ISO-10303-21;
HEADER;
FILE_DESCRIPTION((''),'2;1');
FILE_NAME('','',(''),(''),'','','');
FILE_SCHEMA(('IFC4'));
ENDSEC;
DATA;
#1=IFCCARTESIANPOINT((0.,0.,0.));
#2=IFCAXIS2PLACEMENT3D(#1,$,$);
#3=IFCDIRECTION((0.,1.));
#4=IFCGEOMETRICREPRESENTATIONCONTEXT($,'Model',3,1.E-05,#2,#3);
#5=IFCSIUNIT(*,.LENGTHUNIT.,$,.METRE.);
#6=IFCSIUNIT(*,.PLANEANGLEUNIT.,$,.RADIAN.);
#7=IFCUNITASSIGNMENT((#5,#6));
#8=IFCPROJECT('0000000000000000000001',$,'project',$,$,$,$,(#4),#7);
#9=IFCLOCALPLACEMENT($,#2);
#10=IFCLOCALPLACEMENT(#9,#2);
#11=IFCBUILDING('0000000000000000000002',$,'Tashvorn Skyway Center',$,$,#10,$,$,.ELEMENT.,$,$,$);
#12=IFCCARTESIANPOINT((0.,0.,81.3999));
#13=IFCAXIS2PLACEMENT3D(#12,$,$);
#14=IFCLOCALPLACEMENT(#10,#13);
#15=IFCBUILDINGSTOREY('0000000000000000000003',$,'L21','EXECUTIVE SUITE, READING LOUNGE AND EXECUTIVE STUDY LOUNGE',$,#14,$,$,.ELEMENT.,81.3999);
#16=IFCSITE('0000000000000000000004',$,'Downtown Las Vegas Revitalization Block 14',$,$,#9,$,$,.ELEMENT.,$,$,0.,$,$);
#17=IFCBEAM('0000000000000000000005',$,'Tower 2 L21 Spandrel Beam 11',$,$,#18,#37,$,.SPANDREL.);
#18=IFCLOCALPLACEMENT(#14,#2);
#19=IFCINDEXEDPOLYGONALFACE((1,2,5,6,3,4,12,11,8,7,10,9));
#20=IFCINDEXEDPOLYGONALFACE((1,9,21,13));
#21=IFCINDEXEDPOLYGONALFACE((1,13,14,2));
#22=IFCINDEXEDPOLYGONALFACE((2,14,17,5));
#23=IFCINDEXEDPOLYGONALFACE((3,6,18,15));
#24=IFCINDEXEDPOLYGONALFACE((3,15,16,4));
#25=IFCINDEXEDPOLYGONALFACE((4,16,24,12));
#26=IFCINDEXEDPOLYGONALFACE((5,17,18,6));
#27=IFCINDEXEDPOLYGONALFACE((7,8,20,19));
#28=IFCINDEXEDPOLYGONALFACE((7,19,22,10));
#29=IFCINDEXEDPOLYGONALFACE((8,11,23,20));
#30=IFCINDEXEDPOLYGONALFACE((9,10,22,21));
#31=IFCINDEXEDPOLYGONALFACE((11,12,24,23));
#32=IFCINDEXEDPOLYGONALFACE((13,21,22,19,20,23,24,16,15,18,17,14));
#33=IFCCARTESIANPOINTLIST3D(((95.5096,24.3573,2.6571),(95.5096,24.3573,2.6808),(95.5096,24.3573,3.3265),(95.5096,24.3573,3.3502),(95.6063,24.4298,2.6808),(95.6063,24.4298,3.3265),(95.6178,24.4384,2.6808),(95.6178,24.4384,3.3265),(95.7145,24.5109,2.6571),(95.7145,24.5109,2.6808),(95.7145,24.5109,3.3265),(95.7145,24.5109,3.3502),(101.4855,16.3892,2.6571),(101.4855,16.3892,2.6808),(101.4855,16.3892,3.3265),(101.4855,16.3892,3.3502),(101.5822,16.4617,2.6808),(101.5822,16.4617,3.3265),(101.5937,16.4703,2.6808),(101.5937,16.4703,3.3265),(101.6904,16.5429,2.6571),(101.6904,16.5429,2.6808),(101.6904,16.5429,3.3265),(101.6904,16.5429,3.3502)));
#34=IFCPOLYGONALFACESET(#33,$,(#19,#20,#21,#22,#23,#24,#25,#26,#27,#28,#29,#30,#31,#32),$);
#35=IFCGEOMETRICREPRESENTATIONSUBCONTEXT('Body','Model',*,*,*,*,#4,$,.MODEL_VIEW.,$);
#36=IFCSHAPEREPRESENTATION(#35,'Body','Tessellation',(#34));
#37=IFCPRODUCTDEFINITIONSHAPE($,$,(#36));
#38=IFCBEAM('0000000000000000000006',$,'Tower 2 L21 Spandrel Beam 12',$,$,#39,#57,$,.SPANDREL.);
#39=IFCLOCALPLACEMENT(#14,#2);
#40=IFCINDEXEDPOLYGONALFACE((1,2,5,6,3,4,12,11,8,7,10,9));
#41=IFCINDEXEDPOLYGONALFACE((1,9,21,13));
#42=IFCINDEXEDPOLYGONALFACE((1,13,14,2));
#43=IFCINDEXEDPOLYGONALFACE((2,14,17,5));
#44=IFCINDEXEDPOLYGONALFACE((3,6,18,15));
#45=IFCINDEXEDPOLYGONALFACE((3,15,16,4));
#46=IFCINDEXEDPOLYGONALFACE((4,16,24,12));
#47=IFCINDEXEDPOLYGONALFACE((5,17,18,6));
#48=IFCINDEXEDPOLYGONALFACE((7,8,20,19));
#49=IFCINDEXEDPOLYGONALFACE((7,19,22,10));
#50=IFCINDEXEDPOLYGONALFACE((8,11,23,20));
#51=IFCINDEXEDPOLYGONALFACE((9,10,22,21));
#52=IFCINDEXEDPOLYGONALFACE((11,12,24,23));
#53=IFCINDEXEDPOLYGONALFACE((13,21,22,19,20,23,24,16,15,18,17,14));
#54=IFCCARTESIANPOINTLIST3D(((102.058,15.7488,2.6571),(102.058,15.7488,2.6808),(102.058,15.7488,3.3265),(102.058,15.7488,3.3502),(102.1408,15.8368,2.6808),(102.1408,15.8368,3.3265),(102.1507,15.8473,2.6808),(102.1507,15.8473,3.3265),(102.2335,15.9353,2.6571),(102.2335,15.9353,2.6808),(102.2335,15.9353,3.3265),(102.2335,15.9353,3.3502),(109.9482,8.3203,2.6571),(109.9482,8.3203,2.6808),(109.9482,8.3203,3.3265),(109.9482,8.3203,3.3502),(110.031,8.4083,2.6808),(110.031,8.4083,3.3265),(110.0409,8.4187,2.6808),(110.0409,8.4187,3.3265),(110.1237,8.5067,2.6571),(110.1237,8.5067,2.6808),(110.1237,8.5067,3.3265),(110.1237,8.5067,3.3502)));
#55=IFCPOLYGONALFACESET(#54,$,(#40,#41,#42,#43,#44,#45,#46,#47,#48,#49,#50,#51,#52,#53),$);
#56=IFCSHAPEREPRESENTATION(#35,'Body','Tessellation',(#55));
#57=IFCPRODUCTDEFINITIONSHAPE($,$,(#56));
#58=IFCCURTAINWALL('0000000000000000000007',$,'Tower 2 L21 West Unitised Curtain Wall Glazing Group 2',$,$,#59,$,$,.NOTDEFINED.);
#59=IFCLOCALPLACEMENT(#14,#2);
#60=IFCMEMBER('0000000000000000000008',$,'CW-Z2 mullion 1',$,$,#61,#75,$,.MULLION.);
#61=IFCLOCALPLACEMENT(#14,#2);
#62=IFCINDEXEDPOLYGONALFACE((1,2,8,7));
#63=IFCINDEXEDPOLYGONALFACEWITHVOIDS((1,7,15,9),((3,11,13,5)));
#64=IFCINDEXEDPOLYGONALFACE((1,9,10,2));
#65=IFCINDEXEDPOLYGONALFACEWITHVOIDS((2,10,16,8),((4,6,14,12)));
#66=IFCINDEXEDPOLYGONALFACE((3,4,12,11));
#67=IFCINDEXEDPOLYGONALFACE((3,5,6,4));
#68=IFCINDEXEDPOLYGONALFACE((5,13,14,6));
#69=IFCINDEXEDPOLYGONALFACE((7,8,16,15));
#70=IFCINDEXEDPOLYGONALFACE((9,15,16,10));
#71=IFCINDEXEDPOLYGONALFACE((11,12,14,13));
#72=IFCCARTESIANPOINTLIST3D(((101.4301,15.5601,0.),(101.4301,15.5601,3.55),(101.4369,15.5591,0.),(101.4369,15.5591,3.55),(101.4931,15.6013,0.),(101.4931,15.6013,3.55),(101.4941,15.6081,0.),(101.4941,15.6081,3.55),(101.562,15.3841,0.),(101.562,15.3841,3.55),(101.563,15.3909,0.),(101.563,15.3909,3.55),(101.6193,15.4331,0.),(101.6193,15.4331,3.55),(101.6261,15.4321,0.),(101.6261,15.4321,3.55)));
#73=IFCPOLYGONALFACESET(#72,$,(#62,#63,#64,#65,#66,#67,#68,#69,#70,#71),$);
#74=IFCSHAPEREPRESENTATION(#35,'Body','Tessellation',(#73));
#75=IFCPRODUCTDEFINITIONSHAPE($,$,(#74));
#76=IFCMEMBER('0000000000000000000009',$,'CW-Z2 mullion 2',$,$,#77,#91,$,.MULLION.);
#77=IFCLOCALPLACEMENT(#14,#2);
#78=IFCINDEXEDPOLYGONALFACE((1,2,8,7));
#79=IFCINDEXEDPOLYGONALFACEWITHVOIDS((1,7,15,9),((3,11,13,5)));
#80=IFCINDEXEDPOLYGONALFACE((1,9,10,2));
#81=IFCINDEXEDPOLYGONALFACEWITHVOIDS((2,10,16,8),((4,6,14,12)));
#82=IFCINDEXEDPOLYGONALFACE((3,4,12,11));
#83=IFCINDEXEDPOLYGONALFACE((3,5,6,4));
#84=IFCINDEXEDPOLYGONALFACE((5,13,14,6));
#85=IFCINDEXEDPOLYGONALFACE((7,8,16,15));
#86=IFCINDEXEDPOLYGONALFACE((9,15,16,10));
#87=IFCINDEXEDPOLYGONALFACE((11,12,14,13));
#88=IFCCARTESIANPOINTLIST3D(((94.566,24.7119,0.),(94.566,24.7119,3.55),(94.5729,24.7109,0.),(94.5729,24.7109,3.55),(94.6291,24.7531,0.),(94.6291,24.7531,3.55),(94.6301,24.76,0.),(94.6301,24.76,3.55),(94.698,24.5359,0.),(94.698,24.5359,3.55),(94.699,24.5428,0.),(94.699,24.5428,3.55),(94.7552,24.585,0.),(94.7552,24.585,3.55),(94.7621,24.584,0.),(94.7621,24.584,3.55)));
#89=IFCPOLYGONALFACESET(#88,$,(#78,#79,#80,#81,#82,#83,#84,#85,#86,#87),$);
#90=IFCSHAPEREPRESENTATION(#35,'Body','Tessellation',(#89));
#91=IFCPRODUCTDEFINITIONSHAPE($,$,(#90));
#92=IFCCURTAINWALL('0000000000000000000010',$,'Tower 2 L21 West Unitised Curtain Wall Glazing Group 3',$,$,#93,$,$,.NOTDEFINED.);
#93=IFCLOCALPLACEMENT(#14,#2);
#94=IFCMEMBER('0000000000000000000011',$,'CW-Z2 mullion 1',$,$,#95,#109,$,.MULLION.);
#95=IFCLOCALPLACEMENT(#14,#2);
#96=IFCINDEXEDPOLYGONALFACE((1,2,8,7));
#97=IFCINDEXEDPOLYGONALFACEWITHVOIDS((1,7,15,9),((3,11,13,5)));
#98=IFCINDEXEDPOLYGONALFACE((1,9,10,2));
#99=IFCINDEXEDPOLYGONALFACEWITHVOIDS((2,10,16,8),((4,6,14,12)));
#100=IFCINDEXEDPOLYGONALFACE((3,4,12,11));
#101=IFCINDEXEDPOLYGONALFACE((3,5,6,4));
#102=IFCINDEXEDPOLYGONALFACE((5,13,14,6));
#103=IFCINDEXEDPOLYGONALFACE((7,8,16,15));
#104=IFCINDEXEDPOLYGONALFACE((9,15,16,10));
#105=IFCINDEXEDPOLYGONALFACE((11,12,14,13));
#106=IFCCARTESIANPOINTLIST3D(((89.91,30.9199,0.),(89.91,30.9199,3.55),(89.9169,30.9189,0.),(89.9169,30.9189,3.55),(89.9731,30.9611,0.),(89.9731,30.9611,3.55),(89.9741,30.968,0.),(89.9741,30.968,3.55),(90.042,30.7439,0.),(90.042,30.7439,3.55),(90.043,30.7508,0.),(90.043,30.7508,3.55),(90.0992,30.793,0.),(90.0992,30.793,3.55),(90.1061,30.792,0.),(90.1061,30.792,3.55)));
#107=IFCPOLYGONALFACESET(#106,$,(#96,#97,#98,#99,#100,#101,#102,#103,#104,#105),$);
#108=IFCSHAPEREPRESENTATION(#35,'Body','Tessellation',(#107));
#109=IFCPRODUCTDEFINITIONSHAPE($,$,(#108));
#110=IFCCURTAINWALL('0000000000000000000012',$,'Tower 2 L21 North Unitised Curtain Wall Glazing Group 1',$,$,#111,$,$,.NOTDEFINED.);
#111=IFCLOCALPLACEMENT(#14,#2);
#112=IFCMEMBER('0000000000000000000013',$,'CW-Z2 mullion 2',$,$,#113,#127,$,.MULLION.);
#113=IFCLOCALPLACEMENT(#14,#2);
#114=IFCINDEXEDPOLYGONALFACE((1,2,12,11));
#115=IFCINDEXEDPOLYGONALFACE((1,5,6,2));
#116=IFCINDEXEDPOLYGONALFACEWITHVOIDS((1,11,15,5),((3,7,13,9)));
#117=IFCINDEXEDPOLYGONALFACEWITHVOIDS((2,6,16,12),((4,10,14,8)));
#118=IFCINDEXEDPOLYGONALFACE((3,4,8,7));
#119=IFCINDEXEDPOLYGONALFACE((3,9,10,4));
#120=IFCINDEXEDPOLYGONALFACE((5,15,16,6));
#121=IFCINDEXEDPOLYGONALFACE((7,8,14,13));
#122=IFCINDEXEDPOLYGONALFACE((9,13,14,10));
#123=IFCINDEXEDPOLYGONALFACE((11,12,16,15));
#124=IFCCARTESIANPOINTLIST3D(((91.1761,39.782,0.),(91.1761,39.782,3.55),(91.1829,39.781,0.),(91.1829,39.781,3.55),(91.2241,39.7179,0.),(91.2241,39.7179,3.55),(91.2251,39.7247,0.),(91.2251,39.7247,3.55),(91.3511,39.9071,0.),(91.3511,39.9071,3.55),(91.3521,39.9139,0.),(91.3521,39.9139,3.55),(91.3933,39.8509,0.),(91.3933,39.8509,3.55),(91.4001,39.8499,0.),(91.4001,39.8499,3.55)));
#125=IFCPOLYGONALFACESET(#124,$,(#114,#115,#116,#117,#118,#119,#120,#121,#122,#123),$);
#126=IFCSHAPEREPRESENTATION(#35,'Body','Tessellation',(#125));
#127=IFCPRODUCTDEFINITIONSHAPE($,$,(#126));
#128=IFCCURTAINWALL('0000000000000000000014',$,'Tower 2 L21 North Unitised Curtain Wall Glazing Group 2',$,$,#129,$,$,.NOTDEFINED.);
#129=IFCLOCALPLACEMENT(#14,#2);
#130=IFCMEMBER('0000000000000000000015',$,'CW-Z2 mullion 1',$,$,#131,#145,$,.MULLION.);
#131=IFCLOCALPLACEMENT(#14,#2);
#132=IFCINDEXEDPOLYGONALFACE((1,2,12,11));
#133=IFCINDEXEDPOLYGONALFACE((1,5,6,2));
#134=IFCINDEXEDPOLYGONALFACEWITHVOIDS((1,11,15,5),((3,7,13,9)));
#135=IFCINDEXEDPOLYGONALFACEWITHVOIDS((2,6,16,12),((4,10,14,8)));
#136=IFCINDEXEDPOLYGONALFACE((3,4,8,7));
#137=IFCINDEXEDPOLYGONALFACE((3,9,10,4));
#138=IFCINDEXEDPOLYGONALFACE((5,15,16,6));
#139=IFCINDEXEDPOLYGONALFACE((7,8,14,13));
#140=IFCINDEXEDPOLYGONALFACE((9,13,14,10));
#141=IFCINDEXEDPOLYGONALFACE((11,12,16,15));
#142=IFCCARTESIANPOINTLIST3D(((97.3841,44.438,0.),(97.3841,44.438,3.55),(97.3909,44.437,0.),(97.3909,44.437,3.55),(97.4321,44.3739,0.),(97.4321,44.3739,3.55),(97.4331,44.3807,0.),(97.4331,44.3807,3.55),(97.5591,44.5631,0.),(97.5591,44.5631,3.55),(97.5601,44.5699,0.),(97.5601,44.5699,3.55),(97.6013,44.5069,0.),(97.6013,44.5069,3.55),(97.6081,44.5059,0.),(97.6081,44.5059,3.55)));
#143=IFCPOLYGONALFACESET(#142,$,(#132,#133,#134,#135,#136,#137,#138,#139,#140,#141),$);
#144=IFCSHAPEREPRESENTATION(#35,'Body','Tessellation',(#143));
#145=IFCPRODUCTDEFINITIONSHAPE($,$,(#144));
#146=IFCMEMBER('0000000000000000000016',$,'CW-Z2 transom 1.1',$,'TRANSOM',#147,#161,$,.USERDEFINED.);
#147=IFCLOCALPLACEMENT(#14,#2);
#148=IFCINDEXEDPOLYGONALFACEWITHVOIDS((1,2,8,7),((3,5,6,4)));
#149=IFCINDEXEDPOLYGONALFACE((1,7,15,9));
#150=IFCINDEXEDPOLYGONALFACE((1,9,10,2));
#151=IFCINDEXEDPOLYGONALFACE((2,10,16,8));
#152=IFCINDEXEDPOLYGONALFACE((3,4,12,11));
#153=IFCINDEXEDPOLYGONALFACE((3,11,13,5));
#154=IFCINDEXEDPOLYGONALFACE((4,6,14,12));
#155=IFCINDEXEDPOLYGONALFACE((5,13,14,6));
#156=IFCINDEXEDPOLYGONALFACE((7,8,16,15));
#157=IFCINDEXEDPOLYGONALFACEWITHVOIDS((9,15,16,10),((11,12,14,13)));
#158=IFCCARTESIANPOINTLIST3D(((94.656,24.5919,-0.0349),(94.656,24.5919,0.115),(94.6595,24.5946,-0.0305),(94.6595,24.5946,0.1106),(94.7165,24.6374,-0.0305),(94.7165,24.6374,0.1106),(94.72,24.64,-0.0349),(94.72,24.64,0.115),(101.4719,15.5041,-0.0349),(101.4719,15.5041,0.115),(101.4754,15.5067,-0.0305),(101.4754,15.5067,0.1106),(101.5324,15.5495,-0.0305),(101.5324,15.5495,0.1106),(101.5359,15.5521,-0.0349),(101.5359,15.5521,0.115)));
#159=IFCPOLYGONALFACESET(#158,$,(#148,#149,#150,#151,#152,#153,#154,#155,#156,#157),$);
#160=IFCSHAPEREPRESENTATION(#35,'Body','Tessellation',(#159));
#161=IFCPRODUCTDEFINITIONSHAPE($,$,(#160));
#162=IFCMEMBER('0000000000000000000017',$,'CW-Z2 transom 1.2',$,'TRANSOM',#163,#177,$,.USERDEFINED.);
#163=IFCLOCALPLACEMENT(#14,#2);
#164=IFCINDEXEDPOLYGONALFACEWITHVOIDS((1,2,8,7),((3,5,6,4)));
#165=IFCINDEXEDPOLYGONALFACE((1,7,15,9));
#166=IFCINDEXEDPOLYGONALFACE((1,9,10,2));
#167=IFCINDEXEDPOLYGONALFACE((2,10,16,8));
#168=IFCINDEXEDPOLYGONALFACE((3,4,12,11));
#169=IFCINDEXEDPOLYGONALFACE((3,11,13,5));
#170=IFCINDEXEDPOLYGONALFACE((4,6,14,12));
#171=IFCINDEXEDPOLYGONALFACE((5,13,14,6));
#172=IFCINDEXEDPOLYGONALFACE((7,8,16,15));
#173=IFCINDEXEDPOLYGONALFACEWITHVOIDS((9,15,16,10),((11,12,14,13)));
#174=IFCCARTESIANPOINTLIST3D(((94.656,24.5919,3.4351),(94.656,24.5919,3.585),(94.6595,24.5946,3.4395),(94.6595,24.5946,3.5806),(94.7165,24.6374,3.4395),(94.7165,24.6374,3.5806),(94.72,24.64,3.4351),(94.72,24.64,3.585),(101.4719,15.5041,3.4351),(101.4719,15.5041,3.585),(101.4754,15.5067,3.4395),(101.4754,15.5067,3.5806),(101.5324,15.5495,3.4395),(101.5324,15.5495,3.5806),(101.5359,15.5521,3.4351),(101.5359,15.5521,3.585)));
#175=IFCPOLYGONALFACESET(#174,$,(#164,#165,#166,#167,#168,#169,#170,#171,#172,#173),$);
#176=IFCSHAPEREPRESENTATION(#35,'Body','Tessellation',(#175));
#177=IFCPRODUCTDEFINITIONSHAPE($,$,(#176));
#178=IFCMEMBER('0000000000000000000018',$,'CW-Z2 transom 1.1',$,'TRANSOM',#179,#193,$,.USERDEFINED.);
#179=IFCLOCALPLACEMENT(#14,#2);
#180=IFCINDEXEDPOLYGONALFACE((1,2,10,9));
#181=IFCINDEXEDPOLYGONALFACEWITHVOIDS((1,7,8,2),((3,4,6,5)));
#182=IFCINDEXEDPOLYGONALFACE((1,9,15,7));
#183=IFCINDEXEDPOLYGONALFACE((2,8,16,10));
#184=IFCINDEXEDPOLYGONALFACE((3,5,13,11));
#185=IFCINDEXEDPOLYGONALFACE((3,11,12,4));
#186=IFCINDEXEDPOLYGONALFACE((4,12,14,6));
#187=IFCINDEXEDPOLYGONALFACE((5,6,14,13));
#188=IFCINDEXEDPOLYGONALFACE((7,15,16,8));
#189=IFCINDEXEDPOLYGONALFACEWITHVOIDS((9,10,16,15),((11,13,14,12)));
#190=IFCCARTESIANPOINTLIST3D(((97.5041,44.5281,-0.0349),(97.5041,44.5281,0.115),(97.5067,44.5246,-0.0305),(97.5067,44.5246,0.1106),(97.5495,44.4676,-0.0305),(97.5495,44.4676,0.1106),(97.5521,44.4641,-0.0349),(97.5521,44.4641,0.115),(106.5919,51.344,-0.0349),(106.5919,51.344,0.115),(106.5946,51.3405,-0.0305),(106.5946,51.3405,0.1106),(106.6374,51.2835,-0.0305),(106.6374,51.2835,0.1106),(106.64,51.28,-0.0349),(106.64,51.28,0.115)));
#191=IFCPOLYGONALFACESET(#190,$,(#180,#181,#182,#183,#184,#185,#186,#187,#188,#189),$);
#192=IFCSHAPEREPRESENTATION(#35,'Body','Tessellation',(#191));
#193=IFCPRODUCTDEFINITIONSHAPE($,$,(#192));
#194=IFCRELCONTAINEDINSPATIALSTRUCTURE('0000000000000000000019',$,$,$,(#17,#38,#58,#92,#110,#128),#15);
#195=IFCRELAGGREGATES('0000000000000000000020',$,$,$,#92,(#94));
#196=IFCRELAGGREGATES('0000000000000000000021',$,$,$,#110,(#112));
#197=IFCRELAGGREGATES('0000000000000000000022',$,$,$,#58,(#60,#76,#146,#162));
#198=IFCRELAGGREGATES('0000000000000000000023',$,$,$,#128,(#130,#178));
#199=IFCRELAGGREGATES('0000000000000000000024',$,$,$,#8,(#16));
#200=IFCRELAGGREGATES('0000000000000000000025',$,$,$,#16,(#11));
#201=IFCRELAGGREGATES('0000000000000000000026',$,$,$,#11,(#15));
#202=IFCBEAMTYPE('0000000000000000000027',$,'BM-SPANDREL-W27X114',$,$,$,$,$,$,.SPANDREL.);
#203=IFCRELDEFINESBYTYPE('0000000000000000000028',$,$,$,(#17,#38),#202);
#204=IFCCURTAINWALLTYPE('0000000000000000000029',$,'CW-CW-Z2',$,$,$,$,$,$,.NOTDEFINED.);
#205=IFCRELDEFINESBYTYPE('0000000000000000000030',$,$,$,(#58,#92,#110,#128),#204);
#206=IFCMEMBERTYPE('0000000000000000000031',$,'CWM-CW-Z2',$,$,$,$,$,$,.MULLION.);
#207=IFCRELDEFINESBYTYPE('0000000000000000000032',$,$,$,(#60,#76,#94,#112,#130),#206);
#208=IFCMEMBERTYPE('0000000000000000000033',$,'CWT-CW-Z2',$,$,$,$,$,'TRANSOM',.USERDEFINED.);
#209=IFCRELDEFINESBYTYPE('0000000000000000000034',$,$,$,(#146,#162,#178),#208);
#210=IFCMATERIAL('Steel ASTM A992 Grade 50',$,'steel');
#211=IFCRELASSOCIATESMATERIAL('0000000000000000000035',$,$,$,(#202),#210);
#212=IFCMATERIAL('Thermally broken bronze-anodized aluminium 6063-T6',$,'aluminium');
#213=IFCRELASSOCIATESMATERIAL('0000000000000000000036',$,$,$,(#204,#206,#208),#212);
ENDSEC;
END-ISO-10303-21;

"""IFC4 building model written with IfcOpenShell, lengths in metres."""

from ifc_helpers import new_model, si_unit, direction, frame, origin, origin_2d, place, context, subcontext, project, spatial, hollow_rectangle, i_section, extrude, material, material_profile, profile_set, type_object, element, aggregate, save


model = new_model("IFC4")

# Units and contexts
model_context = context("Model", 3, precision=1e-05, world=origin(), true_north=direction((0.0, 1.0)))
body_context = subcontext(model_context, "Body", "Model", "MODEL_VIEW")
ifc_project = project(units=[si_unit("LENGTHUNIT", "METRE"), si_unit("PLANEANGLEUNIT", "RADIAN")], contexts=[model_context])

# Site, building, storey
site_placement = place(None, origin())
site = spatial("IfcSite", under=ifc_project, at=site_placement, Name="Downtown Las Vegas Revitalization Block 14", CompositionType="ELEMENT", RefElevation=0.0)
building_placement = place(site_placement, origin())
building = spatial("IfcBuilding", under=site, at=building_placement, Name="Tashvorn Skyway Center", CompositionType="ELEMENT")
storey_placement = place(building_placement, frame((0.0, 0.0, 81.3999)))
storey = spatial("IfcBuildingStorey", under=building, at=storey_placement, Name="L21", Description="EXECUTIVE SUITE, READING LOUNGE AND EXECUTIVE STUDY LOUNGE", CompositionType="ELEMENT", Elevation=81.3999)

# Beams
ifc_material_1 = material(Name="Steel ASTM A992 Grade 50", Category="steel")
ifc_material_profile_1 = material_profile(ifc_material_1, i_section(OverallWidth=0.2561, OverallDepth=0.6931, WebThickness=0.0144, FlangeThickness=0.0237, at=origin_2d()), Name="W27X114")
ifc_profile_set_1 = profile_set([ifc_material_profile_1], Name="Steel ASTM A992 Grade 50")
beam_type_1 = type_object("IfcBeamType", Name="BM-SPANDREL-W27X114", PredefinedType="SPANDREL", material=ifc_profile_set_1)
beam_1_placement = place(storey_placement, frame((95.6121, 24.4341, 3.0037), z_axis=(0.599988, -0.800009, 0.0), x_axis=(0.800009, 0.599988, 0.0)))
element("IfcBeam", 1, at=beam_1_placement, inside=storey, type_object=beam_type_1, Name="Tower 2 L21 Spandrel Beam 11", PredefinedType="SPANDREL", context=body_context, shape_type="SweptSolid", body=[
    extrude(i_section(OverallWidth=0.2561, OverallDepth=0.6931, WebThickness=0.0144, FlangeThickness=0.0237, at=origin_2d()), origin(), (0.0, 0.0, 1.0), 9.96),
])
beam_2_placement = place(storey_placement, frame((102.1458, 15.842, 3.0037), z_axis=(0.728087, -0.685485, 0.0), x_axis=(0.685485, 0.728087, 0.0)))
element("IfcBeam", 2, at=beam_2_placement, inside=storey, type_object=beam_type_1, Name="Tower 2 L21 Spandrel Beam 12", PredefinedType="SPANDREL", context=body_context, shape_type="SweptSolid", body=[
    extrude(i_section(OverallWidth=0.2561, OverallDepth=0.6931, WebThickness=0.0144, FlangeThickness=0.0237, at=origin_2d()), origin(), (0.0, 0.0, 1.0), 10.8369),
])

# Curtain wall, members
ifc_material_2 = material(Name="Thermally broken bronze-anodized aluminium 6063-T6", Category="aluminium")
curtain_wall_type = type_object("IfcCurtainWallType", Name="CW-CW-Z2", PredefinedType="NOTDEFINED", material=ifc_material_2)
curtain_wall_1_placement = place(storey_placement, origin())
curtain_wall_1 = element("IfcCurtainWall", 3, at=curtain_wall_1_placement, inside=storey, type_object=curtain_wall_type, Name="Tower 2 L21 West Unitised Curtain Wall Glazing Group 2", PredefinedType="NOTDEFINED")
ifc_material_profile_2 = material_profile(ifc_material_2, hollow_rectangle(XDim=0.0801, YDim=0.22, WallThickness=0.0049, at=origin_2d()), Name="ALU-MULL-80x220")
ifc_profile_set_2 = profile_set([ifc_material_profile_2], Name="Thermally broken bronze-anodized aluminium 6063-T6")
member_type_1 = type_object("IfcMemberType", Name="CWM-CW-Z2", PredefinedType="MULLION", material=ifc_profile_set_2)
member_1_placement = place(storey_placement, frame((101.5281, 15.4961, 0.0), z_axis=(0.0, 0.0, 1.0), x_axis=(-0.8, -0.6, 0.0)))
member_1 = element("IfcMember", 4, at=member_1_placement, type_object=member_type_1, Name="CW-Z2 mullion 1", PredefinedType="MULLION", context=body_context, shape_type="SweptSolid", body=[
    extrude(hollow_rectangle(XDim=0.0801, YDim=0.22, WallThickness=0.0049, at=origin_2d()), origin(), (0.0, 0.0, 1.0), 3.55),
])
member_2_placement = place(storey_placement, frame((94.6641, 24.6479, 0.0), z_axis=(0.0, 0.0, 1.0), x_axis=(-0.8, -0.6, 0.0)))
member_2 = element("IfcMember", 5, at=member_2_placement, type_object=member_type_1, Name="CW-Z2 mullion 2", PredefinedType="MULLION", context=body_context, shape_type="SweptSolid", body=[
    extrude(hollow_rectangle(XDim=0.0801, YDim=0.22, WallThickness=0.0049, at=origin_2d()), origin(), (0.0, 0.0, 1.0), 3.55),
])

# Curtain walls, members
curtain_wall_2_placement = place(storey_placement, origin())
curtain_wall_2 = element("IfcCurtainWall", 6, at=curtain_wall_2_placement, inside=storey, type_object=curtain_wall_type, Name="Tower 2 L21 West Unitised Curtain Wall Glazing Group 3", PredefinedType="NOTDEFINED")
member_3_placement = place(storey_placement, frame((90.0081, 30.856, 0.0), z_axis=(0.0, 0.0, 1.0), x_axis=(-0.8, -0.6, 0.0)))
member_3 = element("IfcMember", 7, at=member_3_placement, type_object=member_type_1, Name="CW-Z2 mullion 1", PredefinedType="MULLION", context=body_context, shape_type="SweptSolid", body=[
    extrude(hollow_rectangle(XDim=0.0801, YDim=0.22, WallThickness=0.0049, at=origin_2d()), origin(), (0.0, 0.0, 1.0), 3.55),
])
aggregate(curtain_wall_2, [member_3])
curtain_wall_3_placement = place(storey_placement, origin())
curtain_wall_3 = element("IfcCurtainWall", 8, at=curtain_wall_3_placement, inside=storey, type_object=curtain_wall_type, Name="Tower 2 L21 North Unitised Curtain Wall Glazing Group 1", PredefinedType="NOTDEFINED")
member_4_placement = place(storey_placement, frame((91.2881, 39.8159, 0.0), z_axis=(0.0, 0.0, 1.0), x_axis=(-0.6, 0.8, 0.0)))
member_4 = element("IfcMember", 9, at=member_4_placement, type_object=member_type_1, Name="CW-Z2 mullion 2", PredefinedType="MULLION", context=body_context, shape_type="SweptSolid", body=[
    extrude(hollow_rectangle(XDim=0.0801, YDim=0.22, WallThickness=0.0049, at=origin_2d()), origin(), (0.0, 0.0, 1.0), 3.55),
])
aggregate(curtain_wall_3, [member_4])
curtain_wall_4_placement = place(storey_placement, origin())
curtain_wall_4 = element("IfcCurtainWall", 10, at=curtain_wall_4_placement, inside=storey, type_object=curtain_wall_type, Name="Tower 2 L21 North Unitised Curtain Wall Glazing Group 2", PredefinedType="NOTDEFINED")
member_5_placement = place(storey_placement, frame((97.4961, 44.4719, 0.0), z_axis=(0.0, 0.0, 1.0), x_axis=(-0.6, 0.8, 0.0)))
member_5 = element("IfcMember", 11, at=member_5_placement, type_object=member_type_1, Name="CW-Z2 mullion 1", PredefinedType="MULLION", context=body_context, shape_type="SweptSolid", body=[
    extrude(hollow_rectangle(XDim=0.0801, YDim=0.22, WallThickness=0.0049, at=origin_2d()), origin(), (0.0, 0.0, 1.0), 3.55),
])

# Members
ifc_material_profile_3 = material_profile(ifc_material_2, hollow_rectangle(XDim=0.0801, YDim=0.1499, WallThickness=0.0044, at=origin_2d()), Name="ALU-TRAN-80x150")
ifc_profile_set_3 = profile_set([ifc_material_profile_3], Name="Thermally broken bronze-anodized aluminium 6063-T6")
member_type_2 = type_object("IfcMemberType", Name="CWT-CW-Z2", ElementType="TRANSOM", PredefinedType="USERDEFINED", material=ifc_profile_set_3)
member_6_placement = place(storey_placement, frame((101.5039, 15.5281, 0.04), z_axis=(-0.6, 0.8, 0.0), x_axis=(-0.8, -0.6, 0.0)))
member_6 = element("IfcMember", 12, at=member_6_placement, type_object=member_type_2, Name="CW-Z2 transom 1.1", ObjectType="TRANSOM", PredefinedType="USERDEFINED", context=body_context, shape_type="SweptSolid", body=[
    extrude(hollow_rectangle(XDim=0.0801, YDim=0.1499, WallThickness=0.0044, at=origin_2d()), origin(), (0.0, 0.0, 1.0), 11.3599),
])
member_7_placement = place(storey_placement, frame((101.5039, 15.5281, 3.51), z_axis=(-0.6, 0.8, 0.0), x_axis=(-0.8, -0.6, 0.0)))
member_7 = element("IfcMember", 13, at=member_7_placement, type_object=member_type_2, Name="CW-Z2 transom 1.2", ObjectType="TRANSOM", PredefinedType="USERDEFINED", context=body_context, shape_type="SweptSolid", body=[
    extrude(hollow_rectangle(XDim=0.0801, YDim=0.1499, WallThickness=0.0044, at=origin_2d()), origin(), (0.0, 0.0, 1.0), 11.3599),
])
member_8_placement = place(storey_placement, frame((97.5281, 44.4961, 0.04), z_axis=(0.8, 0.6, 0.0), x_axis=(-0.6, 0.8, 0.0)))
member_8 = element("IfcMember", 14, at=member_8_placement, type_object=member_type_2, Name="CW-Z2 transom 1.1", ObjectType="TRANSOM", PredefinedType="USERDEFINED", context=body_context, shape_type="SweptSolid", body=[
    extrude(hollow_rectangle(XDim=0.0801, YDim=0.1499, WallThickness=0.0044, at=origin_2d()), origin(), (0.0, 0.0, 1.0), 11.3599),
])

aggregate(curtain_wall_1, [member_1, member_2, member_6, member_7])
aggregate(curtain_wall_4, [member_5, member_8])

save(model, "model.ifc")
